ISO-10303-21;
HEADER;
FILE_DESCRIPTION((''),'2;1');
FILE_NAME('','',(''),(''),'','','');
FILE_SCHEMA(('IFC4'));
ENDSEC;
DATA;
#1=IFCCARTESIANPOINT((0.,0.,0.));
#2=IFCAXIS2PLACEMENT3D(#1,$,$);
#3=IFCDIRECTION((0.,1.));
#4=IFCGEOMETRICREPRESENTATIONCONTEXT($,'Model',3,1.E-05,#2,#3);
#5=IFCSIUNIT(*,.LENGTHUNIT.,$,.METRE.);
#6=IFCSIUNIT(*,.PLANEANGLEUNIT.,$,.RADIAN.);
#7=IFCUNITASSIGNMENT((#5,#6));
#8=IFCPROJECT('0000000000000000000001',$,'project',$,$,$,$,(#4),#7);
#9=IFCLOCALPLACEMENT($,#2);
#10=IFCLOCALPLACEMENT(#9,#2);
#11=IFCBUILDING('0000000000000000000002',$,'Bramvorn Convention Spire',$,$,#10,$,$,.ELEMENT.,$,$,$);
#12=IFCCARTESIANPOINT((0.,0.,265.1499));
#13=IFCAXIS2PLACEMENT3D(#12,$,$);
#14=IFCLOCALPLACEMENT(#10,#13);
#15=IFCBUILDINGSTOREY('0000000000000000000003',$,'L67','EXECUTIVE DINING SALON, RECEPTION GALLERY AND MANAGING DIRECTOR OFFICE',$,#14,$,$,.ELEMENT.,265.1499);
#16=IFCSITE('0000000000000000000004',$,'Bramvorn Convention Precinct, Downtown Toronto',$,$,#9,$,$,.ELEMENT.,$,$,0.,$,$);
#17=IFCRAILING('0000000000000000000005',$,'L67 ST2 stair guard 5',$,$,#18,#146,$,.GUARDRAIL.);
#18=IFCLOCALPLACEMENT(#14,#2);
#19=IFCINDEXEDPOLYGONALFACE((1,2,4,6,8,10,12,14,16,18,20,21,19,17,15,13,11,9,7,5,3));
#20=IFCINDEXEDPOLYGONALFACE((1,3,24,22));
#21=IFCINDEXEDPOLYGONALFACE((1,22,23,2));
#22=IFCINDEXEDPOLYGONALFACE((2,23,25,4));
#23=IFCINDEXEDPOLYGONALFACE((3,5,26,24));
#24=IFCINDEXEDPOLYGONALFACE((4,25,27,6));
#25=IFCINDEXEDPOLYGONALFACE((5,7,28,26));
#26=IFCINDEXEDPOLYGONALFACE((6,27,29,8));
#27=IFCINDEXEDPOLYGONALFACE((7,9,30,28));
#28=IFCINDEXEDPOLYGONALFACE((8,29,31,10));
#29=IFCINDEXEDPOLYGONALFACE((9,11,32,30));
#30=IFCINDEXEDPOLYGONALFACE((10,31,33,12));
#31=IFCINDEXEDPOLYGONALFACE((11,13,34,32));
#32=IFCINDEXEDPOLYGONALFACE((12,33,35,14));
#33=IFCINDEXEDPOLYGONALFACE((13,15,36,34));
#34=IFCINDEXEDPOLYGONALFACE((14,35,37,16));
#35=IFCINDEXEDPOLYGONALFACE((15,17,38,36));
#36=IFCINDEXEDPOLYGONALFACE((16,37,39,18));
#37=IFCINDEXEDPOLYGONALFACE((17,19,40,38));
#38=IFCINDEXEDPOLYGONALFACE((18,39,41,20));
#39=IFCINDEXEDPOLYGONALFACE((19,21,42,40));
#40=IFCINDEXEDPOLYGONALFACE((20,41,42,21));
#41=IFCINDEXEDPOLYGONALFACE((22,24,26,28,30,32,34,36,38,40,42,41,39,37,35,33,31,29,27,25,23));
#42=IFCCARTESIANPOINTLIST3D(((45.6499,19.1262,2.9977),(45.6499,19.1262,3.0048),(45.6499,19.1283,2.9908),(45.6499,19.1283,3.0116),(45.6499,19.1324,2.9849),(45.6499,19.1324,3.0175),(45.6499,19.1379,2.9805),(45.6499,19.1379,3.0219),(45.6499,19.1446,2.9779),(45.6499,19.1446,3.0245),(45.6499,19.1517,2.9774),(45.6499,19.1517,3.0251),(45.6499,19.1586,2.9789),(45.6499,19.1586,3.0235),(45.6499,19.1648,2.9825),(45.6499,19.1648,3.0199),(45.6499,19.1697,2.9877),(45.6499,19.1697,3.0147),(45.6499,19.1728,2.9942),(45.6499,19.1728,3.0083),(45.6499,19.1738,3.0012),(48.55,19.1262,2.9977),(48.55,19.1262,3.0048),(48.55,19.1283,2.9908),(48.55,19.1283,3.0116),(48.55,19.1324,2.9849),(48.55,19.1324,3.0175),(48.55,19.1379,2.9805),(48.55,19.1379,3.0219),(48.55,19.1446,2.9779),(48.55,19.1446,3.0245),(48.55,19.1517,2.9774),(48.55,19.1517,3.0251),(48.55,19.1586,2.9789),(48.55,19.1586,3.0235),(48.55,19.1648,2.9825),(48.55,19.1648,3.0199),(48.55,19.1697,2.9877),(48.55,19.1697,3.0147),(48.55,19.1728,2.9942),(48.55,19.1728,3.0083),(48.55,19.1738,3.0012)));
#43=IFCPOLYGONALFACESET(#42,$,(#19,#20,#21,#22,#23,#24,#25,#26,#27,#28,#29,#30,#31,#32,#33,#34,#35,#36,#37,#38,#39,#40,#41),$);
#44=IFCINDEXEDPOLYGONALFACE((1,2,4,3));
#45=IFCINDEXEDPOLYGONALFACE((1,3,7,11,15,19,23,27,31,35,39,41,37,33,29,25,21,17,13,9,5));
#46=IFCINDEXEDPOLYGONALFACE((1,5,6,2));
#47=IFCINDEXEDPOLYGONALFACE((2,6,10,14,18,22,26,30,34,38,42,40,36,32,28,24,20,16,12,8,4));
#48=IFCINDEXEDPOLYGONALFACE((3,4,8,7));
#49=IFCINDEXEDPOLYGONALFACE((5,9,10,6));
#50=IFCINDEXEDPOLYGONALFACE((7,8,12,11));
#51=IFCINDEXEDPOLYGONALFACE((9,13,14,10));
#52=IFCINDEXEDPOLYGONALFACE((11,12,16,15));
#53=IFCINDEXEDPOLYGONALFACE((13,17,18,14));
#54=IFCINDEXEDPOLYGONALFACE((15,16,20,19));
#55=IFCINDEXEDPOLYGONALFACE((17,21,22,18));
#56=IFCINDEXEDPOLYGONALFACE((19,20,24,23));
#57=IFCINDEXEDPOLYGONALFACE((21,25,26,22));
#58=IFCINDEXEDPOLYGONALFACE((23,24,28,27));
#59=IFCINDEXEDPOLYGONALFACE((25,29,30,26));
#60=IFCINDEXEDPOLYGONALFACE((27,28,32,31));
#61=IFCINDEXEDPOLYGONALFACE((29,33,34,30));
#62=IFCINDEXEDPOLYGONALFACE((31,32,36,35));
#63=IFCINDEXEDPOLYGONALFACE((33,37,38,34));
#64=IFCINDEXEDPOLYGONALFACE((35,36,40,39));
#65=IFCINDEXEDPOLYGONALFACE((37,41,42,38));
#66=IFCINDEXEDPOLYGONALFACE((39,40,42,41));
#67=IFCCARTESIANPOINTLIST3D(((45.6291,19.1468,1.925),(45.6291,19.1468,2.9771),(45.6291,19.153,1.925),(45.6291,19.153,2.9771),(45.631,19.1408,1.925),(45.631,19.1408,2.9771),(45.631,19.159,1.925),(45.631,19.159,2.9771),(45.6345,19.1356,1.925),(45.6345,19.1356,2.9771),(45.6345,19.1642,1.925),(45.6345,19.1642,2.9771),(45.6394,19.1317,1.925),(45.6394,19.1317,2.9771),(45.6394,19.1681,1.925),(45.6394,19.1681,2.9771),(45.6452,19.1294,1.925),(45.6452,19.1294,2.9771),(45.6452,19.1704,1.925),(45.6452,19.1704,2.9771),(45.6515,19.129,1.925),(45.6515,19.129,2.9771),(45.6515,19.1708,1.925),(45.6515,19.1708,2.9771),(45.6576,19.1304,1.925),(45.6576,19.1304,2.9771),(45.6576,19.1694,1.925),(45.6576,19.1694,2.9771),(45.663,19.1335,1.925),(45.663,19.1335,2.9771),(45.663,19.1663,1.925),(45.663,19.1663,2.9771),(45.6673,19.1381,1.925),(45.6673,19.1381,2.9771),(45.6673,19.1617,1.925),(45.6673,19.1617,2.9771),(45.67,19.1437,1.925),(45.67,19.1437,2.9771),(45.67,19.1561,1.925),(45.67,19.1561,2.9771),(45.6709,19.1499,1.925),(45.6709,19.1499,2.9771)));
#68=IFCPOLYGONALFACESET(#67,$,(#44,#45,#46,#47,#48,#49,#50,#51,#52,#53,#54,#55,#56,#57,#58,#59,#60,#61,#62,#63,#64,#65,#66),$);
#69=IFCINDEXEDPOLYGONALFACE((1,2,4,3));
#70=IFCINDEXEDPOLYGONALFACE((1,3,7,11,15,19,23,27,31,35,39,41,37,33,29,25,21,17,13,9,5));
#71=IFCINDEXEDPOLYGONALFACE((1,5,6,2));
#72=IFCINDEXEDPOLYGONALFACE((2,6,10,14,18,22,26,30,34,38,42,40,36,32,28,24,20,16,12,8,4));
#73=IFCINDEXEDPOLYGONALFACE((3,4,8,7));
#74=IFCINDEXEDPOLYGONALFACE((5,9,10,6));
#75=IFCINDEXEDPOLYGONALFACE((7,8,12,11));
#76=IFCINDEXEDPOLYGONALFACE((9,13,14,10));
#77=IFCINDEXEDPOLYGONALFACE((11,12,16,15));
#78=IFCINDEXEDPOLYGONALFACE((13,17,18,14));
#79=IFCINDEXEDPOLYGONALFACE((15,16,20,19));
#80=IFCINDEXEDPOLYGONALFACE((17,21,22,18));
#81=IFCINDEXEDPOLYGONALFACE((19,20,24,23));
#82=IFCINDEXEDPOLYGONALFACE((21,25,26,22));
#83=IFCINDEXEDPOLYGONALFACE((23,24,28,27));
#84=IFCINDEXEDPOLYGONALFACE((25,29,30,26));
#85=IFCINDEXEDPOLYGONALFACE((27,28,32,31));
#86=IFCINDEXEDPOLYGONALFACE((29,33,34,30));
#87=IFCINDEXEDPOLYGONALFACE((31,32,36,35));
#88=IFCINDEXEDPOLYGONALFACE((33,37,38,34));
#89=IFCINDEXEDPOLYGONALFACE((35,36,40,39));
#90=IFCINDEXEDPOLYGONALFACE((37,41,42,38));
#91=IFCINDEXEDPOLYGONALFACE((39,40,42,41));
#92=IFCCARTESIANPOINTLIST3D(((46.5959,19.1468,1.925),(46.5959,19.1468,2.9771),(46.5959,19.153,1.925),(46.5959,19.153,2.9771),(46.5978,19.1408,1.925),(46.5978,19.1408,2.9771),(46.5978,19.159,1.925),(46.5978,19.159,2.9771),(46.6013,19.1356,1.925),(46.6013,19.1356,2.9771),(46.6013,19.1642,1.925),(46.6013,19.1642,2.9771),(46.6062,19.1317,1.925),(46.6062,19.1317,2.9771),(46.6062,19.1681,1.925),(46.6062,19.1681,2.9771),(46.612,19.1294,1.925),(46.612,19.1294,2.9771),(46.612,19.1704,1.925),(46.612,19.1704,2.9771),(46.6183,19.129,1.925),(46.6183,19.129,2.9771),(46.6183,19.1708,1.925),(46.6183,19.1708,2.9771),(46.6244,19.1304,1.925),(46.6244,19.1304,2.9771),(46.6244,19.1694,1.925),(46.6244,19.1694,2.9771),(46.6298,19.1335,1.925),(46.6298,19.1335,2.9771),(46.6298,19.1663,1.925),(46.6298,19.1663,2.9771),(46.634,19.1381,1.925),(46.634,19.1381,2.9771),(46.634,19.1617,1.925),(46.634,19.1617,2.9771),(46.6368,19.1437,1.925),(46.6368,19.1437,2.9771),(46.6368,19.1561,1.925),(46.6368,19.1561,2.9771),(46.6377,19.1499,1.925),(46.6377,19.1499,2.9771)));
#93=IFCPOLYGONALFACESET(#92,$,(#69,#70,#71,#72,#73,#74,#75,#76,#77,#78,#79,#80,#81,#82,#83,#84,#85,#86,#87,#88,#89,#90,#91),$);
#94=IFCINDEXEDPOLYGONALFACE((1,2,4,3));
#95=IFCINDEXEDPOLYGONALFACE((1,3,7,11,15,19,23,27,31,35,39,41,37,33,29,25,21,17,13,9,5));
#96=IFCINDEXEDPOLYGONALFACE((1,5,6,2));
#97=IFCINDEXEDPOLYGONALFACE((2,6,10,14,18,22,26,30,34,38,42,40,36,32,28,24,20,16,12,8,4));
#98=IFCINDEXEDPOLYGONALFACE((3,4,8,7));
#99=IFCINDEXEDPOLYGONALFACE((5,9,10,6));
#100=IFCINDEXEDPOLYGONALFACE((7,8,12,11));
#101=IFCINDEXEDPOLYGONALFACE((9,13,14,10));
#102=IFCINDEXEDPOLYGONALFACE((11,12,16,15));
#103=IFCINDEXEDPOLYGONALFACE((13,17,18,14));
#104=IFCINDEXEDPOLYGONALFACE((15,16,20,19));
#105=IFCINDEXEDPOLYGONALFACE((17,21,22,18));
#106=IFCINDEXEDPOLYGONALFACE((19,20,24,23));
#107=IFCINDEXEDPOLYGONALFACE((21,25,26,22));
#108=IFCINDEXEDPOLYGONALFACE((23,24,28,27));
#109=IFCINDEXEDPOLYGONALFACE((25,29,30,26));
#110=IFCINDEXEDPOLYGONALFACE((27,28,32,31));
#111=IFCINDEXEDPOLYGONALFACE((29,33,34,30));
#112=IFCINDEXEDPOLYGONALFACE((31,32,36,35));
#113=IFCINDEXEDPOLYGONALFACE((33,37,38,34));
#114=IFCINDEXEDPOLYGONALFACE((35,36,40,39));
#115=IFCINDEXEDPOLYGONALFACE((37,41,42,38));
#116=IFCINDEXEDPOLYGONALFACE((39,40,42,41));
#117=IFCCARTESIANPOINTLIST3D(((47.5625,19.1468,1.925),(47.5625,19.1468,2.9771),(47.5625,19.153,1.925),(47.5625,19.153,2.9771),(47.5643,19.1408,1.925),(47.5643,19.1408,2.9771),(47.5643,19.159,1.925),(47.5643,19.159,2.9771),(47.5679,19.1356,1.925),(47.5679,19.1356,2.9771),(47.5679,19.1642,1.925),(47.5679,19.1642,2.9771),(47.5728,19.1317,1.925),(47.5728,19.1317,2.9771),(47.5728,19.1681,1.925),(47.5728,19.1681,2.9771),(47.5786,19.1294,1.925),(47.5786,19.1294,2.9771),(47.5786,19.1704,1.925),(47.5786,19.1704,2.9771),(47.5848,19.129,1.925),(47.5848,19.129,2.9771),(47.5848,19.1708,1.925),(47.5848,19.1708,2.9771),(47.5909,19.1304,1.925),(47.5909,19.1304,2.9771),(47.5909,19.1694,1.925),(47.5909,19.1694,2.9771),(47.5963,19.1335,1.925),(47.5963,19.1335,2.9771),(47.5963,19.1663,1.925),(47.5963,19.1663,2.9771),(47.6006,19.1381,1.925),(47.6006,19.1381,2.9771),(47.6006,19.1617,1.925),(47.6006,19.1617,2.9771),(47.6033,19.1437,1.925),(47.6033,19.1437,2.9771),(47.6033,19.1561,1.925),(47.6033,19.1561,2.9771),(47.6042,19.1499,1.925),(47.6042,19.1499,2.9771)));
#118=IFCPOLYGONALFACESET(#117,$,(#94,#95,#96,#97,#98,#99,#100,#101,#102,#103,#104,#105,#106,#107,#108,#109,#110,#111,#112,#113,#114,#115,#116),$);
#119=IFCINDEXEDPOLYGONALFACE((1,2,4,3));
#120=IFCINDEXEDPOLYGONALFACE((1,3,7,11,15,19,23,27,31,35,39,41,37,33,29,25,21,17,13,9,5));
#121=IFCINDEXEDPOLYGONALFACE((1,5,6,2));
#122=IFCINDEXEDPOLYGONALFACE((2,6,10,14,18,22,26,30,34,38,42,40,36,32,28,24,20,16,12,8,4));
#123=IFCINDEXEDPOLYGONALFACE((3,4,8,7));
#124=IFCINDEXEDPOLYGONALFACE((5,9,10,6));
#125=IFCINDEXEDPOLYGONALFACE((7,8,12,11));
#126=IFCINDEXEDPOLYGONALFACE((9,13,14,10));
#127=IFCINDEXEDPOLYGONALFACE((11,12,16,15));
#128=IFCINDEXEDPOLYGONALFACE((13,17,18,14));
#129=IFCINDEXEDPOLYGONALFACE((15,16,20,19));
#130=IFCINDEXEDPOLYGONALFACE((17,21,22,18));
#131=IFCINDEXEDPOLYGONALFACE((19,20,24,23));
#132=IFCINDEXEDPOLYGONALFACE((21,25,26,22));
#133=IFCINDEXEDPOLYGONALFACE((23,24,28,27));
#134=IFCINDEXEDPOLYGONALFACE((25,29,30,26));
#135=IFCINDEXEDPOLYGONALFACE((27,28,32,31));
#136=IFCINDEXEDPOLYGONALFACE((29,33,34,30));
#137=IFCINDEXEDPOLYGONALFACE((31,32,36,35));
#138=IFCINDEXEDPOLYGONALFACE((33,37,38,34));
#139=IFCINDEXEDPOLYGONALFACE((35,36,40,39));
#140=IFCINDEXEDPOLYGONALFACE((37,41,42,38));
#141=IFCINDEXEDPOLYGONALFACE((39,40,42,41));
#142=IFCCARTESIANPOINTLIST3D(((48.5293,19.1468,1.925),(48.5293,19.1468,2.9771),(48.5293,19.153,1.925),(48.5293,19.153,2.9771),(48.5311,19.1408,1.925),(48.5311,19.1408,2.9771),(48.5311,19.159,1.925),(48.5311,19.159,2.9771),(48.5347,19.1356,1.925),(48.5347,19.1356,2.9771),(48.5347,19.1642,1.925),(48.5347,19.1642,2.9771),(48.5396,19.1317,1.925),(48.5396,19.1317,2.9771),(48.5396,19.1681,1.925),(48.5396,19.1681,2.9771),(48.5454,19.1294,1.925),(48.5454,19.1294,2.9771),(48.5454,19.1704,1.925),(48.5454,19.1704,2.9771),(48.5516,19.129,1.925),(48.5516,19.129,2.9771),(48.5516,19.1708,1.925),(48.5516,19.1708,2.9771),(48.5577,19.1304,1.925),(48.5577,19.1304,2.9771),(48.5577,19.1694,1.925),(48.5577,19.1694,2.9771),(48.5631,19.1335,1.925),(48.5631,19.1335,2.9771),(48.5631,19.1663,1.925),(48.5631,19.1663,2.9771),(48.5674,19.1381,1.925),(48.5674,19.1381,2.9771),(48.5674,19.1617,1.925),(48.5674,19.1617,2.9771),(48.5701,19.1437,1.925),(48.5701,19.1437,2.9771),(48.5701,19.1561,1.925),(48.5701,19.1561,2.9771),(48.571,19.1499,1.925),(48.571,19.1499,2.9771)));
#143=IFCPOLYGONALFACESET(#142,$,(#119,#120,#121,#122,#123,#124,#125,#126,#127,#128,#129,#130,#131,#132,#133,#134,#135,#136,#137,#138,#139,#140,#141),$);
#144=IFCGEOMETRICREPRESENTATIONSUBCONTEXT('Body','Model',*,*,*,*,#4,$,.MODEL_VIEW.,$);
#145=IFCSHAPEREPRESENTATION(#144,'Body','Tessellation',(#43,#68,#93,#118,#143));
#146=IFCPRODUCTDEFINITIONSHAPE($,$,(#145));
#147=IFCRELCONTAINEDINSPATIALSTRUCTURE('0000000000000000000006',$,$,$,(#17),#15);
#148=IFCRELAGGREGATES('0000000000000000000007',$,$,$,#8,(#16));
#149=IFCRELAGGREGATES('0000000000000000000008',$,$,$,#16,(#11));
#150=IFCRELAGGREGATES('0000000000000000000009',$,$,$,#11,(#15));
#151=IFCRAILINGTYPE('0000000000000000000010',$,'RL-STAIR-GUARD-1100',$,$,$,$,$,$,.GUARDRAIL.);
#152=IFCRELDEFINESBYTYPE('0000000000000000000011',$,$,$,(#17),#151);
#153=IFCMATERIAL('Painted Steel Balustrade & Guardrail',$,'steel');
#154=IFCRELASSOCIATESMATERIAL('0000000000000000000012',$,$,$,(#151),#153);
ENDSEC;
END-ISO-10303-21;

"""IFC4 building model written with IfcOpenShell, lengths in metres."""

from ifc_helpers import new_model, si_unit, direction, frame, origin, origin_2d, place, context, subcontext, project, spatial, circle, extrude, material, type_object, element, save


model = new_model("IFC4")

# Units and contexts
model_context = context("Model", 3, precision=1e-05, world=origin(), true_north=direction((0.0, 1.0)))
body_context = subcontext(model_context, "Body", "Model", "MODEL_VIEW")
ifc_project = project(units=[si_unit("LENGTHUNIT", "METRE"), si_unit("PLANEANGLEUNIT", "RADIAN")], contexts=[model_context])

# Site, building, storey
site_placement = place(None, origin())
site = spatial("IfcSite", under=ifc_project, at=site_placement, Name="Bramvorn Convention Precinct, Downtown Toronto", CompositionType="ELEMENT", RefElevation=0.0)
building_placement = place(site_placement, origin())
building = spatial("IfcBuilding", under=site, at=building_placement, Name="Bramvorn Convention Spire", CompositionType="ELEMENT")
storey_placement = place(building_placement, frame((0.0, 0.0, 265.1499)))
storey = spatial("IfcBuildingStorey", under=building, at=storey_placement, Name="L67", Description="EXECUTIVE DINING SALON, RECEPTION GALLERY AND MANAGING DIRECTOR OFFICE", CompositionType="ELEMENT", Elevation=265.1499)

# Railing
ifc_material_1 = material(Name="Painted Steel Balustrade & Guardrail", Category="steel")
railing_type = type_object("IfcRailingType", Name="RL-STAIR-GUARD-1100", PredefinedType="GUARDRAIL", material=ifc_material_1)
railing_1_placement = place(storey_placement, frame((45.6499, 19.1499, 1.925)))
element("IfcRailing", 1, at=railing_1_placement, inside=storey, type_object=railing_type, Name="L67 ST2 stair guard 5", PredefinedType="GUARDRAIL", context=body_context, shape_type="SweptSolid", body=[
    extrude(circle(Radius=0.0239, at=origin_2d()), frame((0.0, 0.0, 1.0762), z_axis=(1.0, 0.0, 0.0), x_axis=(0.0, 1.0, 0.0)), (0.0, 0.0, 1.0), 2.9001),
    extrude(circle(Radius=0.021, at=origin_2d()), origin(), (0.0, 0.0, 1.0), 1.052),
    extrude(circle(Radius=0.021, at=origin_2d()), frame((0.9668, 0.0, 0.0)), (0.0, 0.0, 1.0), 1.052),
    extrude(circle(Radius=0.021, at=origin_2d()), frame((1.9333, 0.0, 0.0)), (0.0, 0.0, 1.0), 1.052),
    extrude(circle(Radius=0.021, at=origin_2d()), frame((2.9001, 0.0, 0.0)), (0.0, 0.0, 1.0), 1.052),
])

save(model, "model.ifc")
